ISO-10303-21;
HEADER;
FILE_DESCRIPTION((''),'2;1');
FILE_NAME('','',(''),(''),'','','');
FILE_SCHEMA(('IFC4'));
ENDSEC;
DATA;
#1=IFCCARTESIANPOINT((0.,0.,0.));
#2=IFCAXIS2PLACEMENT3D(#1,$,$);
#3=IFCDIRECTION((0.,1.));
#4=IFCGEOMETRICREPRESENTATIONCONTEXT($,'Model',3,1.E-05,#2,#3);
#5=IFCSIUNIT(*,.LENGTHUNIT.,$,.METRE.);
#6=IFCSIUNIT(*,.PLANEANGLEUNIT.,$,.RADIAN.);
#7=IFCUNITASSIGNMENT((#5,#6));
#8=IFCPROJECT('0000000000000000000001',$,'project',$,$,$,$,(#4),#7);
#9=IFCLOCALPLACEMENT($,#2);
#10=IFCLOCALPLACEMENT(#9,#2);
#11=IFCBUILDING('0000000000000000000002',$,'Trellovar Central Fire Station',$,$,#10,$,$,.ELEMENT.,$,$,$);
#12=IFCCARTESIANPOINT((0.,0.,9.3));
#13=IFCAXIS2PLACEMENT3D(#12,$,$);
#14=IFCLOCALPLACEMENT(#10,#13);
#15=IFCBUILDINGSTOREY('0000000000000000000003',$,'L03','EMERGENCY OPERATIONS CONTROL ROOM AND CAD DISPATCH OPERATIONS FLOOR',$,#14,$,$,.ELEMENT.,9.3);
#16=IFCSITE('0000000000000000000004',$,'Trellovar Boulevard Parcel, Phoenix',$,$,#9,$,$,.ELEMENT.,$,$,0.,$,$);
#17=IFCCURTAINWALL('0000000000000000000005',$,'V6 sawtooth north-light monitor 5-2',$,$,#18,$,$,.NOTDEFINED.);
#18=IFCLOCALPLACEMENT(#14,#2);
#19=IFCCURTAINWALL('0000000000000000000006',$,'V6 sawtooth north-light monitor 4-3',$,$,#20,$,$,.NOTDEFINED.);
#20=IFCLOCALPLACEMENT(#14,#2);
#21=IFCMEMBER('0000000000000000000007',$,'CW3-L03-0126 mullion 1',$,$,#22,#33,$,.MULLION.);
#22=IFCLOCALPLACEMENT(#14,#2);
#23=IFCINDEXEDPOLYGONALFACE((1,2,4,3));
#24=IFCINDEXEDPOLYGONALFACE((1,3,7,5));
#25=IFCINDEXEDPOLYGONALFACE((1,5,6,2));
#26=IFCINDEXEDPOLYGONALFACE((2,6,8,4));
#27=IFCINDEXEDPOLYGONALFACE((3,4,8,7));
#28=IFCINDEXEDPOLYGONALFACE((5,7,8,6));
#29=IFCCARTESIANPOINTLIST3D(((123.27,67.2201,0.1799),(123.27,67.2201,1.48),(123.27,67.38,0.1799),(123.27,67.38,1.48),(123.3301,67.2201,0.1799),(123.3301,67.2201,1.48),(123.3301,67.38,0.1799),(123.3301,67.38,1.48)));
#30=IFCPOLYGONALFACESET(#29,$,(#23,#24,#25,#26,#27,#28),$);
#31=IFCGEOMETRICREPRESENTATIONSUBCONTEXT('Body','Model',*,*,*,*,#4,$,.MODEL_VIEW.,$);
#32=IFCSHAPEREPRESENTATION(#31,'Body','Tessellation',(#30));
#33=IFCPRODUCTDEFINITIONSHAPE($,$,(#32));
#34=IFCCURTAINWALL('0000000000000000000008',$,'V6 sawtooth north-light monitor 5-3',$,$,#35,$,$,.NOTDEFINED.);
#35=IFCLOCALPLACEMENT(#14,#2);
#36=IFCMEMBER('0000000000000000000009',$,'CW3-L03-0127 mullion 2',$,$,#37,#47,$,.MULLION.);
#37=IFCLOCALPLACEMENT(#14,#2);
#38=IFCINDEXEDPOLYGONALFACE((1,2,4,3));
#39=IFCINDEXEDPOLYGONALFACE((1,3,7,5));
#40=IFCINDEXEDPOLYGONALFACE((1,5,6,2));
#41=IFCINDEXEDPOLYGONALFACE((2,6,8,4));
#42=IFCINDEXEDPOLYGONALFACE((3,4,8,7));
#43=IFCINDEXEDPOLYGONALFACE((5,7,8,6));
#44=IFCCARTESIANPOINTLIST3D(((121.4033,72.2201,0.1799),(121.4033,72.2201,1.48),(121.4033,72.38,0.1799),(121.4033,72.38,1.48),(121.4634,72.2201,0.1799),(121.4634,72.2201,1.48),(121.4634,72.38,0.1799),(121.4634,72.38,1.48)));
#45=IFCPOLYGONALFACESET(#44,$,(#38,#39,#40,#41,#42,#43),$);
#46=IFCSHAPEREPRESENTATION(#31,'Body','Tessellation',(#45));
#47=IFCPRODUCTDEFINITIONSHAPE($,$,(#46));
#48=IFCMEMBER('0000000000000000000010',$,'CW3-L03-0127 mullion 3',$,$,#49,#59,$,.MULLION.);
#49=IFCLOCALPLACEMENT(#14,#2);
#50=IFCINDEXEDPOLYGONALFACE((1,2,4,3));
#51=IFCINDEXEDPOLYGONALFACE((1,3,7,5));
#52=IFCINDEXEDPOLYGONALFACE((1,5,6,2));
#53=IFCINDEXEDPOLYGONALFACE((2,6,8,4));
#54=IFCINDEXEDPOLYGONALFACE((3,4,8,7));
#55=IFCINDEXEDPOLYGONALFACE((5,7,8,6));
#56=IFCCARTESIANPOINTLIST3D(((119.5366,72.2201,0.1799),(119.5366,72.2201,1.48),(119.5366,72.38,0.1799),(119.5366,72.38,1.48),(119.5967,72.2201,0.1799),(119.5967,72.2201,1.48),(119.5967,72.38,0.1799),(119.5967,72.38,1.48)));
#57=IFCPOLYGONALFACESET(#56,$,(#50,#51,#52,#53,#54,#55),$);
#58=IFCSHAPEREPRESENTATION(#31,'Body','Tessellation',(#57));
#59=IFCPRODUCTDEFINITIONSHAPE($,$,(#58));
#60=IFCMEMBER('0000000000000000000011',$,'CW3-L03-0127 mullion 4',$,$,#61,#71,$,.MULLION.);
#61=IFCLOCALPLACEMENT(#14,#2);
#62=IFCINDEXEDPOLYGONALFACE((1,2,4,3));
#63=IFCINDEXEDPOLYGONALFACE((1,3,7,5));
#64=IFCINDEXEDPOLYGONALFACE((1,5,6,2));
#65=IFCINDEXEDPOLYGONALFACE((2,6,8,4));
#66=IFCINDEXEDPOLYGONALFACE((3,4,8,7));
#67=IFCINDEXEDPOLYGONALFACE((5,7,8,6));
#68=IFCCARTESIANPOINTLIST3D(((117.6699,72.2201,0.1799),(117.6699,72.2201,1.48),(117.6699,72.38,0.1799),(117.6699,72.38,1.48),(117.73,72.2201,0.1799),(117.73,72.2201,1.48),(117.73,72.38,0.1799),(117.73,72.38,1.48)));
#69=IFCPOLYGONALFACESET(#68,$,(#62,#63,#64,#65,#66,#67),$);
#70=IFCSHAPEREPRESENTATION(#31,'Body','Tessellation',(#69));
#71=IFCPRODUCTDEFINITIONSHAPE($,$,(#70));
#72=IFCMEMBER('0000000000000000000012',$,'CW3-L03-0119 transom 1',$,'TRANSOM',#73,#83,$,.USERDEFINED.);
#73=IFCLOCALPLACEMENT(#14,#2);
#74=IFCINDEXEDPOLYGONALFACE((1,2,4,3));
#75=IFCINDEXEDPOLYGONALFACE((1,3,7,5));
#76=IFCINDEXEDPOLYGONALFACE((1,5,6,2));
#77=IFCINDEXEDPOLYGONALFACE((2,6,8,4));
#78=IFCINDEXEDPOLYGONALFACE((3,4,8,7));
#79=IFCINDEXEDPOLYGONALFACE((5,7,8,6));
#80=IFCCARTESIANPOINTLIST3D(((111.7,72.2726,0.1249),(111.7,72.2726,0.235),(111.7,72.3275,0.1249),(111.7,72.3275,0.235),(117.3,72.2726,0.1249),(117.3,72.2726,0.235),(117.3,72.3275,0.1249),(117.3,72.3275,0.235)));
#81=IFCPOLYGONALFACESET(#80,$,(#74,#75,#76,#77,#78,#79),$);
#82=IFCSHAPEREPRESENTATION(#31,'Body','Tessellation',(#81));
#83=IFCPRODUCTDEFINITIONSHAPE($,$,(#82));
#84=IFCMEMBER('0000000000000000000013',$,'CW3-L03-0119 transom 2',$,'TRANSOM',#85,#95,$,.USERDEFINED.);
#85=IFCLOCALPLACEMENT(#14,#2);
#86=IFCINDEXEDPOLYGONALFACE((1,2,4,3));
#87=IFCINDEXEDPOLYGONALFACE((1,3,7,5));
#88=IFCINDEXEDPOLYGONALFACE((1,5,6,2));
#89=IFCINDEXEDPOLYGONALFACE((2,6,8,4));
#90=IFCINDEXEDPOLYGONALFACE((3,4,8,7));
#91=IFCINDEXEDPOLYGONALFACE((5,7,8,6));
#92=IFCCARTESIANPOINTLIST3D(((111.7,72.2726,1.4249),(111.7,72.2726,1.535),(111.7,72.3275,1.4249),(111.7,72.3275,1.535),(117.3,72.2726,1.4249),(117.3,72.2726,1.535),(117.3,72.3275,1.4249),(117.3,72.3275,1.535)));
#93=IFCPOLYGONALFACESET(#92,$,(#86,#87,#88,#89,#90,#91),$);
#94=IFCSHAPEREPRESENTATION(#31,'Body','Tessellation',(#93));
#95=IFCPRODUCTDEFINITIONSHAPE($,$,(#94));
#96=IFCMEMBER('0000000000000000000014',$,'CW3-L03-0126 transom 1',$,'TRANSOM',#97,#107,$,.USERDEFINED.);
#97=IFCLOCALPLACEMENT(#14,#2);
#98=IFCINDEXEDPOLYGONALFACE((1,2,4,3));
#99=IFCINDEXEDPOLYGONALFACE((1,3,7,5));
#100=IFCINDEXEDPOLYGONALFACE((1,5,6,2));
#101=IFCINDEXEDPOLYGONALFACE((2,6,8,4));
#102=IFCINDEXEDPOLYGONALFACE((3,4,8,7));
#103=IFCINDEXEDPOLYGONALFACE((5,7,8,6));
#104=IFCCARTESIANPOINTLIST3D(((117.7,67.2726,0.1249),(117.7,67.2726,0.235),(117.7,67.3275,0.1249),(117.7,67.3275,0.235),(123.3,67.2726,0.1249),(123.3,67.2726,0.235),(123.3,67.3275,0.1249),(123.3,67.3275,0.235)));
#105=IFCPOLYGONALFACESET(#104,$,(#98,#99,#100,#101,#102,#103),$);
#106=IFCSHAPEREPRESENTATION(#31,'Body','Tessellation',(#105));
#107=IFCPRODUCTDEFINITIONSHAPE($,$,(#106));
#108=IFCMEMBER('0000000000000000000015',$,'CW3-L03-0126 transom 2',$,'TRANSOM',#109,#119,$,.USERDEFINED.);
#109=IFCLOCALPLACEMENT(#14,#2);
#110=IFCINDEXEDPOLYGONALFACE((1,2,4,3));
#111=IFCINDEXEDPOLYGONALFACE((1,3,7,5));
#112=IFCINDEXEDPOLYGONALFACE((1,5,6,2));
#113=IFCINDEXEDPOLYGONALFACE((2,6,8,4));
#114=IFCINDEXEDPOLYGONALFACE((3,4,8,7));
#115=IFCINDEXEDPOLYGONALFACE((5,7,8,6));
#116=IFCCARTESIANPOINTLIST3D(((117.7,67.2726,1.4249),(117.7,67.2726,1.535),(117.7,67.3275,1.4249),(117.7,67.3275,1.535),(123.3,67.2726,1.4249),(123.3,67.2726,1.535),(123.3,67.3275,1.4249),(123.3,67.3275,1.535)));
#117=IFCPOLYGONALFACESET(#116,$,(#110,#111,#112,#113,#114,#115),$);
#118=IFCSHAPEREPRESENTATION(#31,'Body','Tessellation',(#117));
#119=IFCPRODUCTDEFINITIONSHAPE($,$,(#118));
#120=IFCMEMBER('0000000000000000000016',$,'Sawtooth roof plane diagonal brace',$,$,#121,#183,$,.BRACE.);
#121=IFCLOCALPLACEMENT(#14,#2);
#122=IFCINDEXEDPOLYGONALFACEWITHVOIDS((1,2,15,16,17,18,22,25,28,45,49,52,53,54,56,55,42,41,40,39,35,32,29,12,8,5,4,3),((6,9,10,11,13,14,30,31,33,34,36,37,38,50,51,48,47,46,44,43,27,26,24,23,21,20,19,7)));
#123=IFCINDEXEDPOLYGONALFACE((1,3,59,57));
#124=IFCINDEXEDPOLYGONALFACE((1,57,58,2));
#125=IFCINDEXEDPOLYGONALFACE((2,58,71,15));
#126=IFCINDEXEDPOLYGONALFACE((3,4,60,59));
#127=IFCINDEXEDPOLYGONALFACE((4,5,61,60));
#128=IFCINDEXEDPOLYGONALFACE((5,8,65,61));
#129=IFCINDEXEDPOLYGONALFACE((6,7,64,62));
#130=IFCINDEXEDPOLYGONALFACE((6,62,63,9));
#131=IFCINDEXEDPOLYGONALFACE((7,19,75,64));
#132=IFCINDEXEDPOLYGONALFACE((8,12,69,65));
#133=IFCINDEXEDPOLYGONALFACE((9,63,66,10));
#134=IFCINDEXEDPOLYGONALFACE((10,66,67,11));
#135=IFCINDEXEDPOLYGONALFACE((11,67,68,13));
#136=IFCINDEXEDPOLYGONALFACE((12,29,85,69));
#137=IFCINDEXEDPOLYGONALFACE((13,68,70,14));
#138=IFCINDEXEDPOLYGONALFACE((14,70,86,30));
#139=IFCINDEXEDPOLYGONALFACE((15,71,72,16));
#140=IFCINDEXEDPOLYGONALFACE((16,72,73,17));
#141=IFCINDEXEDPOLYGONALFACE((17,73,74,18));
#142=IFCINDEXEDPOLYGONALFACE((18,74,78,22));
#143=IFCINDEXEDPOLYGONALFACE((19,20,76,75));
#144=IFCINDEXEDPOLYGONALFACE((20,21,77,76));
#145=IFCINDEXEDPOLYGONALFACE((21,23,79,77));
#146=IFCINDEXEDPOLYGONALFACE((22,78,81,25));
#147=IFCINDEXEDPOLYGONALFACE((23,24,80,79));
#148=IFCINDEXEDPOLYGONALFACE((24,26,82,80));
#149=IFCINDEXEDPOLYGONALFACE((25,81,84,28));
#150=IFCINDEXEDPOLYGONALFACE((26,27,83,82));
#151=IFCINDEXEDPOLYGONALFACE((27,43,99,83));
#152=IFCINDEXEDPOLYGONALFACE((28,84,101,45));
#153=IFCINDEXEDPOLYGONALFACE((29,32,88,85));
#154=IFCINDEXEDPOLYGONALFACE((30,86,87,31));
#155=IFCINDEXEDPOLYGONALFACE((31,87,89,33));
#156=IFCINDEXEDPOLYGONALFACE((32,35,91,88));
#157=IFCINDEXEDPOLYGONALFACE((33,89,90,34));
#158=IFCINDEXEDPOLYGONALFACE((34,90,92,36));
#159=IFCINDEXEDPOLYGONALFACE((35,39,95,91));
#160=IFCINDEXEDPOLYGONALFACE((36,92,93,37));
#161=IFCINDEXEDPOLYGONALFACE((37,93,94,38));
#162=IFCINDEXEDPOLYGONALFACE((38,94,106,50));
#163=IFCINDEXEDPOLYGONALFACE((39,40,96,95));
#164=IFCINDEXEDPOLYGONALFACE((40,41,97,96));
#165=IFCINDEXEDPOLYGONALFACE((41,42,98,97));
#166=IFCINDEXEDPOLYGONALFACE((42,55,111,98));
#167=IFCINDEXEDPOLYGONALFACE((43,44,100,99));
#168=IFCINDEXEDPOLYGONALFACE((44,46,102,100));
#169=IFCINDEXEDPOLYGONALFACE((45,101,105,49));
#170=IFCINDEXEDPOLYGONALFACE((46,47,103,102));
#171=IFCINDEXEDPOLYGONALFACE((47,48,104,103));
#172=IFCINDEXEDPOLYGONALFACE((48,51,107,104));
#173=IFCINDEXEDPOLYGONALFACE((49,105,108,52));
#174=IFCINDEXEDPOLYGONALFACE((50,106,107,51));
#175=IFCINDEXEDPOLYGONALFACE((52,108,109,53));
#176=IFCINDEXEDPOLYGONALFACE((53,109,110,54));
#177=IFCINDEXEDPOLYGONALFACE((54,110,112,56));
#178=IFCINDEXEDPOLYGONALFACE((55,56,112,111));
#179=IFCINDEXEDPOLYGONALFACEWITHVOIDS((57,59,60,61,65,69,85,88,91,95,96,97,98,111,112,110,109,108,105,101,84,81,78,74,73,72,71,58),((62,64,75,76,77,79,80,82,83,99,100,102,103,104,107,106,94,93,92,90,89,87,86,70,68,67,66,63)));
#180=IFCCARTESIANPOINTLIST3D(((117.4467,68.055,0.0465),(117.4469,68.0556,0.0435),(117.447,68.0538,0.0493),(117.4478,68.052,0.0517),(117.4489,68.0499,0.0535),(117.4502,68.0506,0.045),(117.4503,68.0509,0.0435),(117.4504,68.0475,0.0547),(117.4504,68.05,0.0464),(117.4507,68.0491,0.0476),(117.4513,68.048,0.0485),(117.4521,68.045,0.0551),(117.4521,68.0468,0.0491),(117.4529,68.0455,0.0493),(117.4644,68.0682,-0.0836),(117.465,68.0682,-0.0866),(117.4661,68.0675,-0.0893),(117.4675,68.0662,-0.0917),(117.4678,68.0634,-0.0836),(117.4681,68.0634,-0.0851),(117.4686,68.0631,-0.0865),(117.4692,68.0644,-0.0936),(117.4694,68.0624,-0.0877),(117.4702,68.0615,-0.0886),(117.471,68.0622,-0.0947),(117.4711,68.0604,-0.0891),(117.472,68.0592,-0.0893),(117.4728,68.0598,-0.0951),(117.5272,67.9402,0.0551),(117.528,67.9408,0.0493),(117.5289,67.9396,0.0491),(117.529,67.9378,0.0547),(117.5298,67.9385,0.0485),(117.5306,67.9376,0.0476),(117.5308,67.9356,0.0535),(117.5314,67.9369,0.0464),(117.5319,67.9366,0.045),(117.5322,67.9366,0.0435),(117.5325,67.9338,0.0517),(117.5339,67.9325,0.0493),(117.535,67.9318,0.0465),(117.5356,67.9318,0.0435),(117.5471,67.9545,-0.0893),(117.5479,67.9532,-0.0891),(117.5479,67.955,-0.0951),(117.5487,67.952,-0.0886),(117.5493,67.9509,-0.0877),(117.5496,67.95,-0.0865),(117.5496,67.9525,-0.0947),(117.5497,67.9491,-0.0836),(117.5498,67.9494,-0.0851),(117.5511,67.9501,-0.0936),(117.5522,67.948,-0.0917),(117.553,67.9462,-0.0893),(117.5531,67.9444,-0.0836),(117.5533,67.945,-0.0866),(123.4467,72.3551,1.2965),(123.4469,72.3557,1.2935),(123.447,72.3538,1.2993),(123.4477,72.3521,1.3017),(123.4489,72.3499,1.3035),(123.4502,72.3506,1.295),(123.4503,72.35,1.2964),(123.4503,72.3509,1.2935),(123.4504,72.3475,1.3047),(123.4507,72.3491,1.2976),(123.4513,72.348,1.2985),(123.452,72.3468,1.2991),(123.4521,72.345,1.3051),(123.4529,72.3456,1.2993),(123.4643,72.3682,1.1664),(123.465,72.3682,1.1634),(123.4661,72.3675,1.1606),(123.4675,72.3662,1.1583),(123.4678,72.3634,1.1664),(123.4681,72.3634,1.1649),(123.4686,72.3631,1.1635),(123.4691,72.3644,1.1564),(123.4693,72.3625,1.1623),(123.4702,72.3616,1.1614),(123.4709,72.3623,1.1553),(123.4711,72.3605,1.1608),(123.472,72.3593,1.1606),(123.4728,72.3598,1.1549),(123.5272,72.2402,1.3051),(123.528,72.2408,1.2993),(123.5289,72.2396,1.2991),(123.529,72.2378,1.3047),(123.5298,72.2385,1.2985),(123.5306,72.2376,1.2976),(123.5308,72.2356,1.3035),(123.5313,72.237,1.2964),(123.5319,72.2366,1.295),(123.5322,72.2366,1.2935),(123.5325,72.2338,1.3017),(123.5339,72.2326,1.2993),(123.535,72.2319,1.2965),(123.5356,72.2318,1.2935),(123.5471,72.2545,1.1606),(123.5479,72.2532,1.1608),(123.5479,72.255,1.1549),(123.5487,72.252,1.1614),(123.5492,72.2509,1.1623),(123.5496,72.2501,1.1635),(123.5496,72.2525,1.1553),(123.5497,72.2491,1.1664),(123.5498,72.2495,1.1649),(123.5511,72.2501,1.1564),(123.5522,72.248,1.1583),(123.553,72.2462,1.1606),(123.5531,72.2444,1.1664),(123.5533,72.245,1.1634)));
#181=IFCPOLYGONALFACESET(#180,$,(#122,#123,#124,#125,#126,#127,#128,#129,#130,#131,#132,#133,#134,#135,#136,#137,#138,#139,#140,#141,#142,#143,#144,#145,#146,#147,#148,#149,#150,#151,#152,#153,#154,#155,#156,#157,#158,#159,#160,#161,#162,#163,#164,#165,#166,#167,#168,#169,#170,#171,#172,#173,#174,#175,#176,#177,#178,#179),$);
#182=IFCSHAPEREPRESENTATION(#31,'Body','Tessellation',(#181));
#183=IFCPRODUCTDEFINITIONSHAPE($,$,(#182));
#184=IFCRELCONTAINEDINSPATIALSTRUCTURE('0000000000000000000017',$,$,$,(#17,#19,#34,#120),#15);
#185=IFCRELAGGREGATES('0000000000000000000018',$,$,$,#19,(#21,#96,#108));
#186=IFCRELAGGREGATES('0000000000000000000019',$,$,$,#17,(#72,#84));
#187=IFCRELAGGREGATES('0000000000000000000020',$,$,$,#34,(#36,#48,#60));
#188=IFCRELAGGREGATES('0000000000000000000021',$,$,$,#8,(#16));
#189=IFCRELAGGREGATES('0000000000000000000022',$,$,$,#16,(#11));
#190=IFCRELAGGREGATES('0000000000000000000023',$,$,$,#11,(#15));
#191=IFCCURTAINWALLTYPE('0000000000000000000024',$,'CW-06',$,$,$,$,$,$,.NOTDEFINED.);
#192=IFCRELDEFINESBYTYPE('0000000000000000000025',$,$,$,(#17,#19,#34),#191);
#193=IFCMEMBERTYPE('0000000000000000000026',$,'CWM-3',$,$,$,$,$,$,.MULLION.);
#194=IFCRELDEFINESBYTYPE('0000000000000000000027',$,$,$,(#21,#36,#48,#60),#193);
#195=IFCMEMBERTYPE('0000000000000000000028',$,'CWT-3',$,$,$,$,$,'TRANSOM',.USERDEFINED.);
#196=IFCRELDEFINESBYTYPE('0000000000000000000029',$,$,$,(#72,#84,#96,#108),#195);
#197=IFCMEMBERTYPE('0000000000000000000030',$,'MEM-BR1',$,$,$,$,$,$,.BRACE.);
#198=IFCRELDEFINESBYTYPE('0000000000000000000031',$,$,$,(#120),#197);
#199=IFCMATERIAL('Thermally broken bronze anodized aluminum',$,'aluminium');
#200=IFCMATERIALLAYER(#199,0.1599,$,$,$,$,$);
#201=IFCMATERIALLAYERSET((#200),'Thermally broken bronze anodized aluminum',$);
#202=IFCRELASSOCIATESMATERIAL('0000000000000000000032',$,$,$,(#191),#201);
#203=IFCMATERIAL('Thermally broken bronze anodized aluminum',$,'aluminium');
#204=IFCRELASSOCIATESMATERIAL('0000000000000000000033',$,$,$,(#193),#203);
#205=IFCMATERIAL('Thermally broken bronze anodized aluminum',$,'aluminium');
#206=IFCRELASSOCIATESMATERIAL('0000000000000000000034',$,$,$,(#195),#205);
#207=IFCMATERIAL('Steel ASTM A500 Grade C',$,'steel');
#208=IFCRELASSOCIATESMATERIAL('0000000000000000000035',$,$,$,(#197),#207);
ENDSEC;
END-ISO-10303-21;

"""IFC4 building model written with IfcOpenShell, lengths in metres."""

from ifc_helpers import new_model, si_unit, direction, frame, origin, origin_2d, place, context, subcontext, project, spatial, rectangle, hollow_rectangle, extrude, material, layer, layer_set, material_profile, profile_set, type_object, element, aggregate, save


model = new_model("IFC4")

# Units and contexts
model_context = context("Model", 3, precision=1e-05, world=origin(), true_north=direction((0.0, 1.0)))
body_context = subcontext(model_context, "Body", "Model", "MODEL_VIEW")
ifc_project = project(units=[si_unit("LENGTHUNIT", "METRE"), si_unit("PLANEANGLEUNIT", "RADIAN")], contexts=[model_context])

# Site, building, storey
site_placement = place(None, origin())
site = spatial("IfcSite", under=ifc_project, at=site_placement, Name="Trellovar Boulevard Parcel, Phoenix", CompositionType="ELEMENT", RefElevation=0.0)
building_placement = place(site_placement, origin())
building = spatial("IfcBuilding", under=site, at=building_placement, Name="Trellovar Central Fire Station", CompositionType="ELEMENT")
storey_placement = place(building_placement, frame((0.0, 0.0, 9.3)))
storey = spatial("IfcBuildingStorey", under=building, at=storey_placement, Name="L03", Description="EMERGENCY OPERATIONS CONTROL ROOM AND CAD DISPATCH OPERATIONS FLOOR", CompositionType="ELEMENT", Elevation=9.3)

# Curtain wall
ifc_material_1 = material(Name="Thermally broken bronze anodized aluminum", Category="aluminium")
ifc_layer_1 = layer(ifc_material_1, 0.1599)
ifc_layer_set_1 = layer_set([ifc_layer_1], Name="Thermally broken bronze anodized aluminum")
curtain_wall_type = type_object("IfcCurtainWallType", Name="CW-06", PredefinedType="NOTDEFINED", material=ifc_layer_set_1)
curtain_wall_1_placement = place(storey_placement, origin())
curtain_wall_1 = element("IfcCurtainWall", 1, at=curtain_wall_1_placement, inside=storey, type_object=curtain_wall_type, Name="V6 sawtooth north-light monitor 5-2", PredefinedType="NOTDEFINED")
ifc_material_2 = material(Name="Thermally broken bronze anodized aluminum", Category="aluminium")
ifc_material_profile_1 = material_profile(ifc_material_2, rectangle(XDim=0.0601, YDim=0.1599, at=origin_2d()), Name="ALU60X160")
ifc_profile_set_1 = profile_set([ifc_material_profile_1], Name="Thermally broken bronze anodized aluminum")
member_type_1 = type_object("IfcMemberType", Name="CWM-3", PredefinedType="MULLION", material=ifc_profile_set_1)

# Curtain wall, member
curtain_wall_2_placement = place(storey_placement, origin())
curtain_wall_2 = element("IfcCurtainWall", 2, at=curtain_wall_2_placement, inside=storey, type_object=curtain_wall_type, Name="V6 sawtooth north-light monitor 4-3", PredefinedType="NOTDEFINED")
member_1_placement = place(storey_placement, frame((123.3, 67.3, 0.1799), z_axis=(0.0, 0.0, 1.0), x_axis=(1.0, 0.0, 0.0)))
member_1 = element("IfcMember", 3, at=member_1_placement, type_object=member_type_1, Name="CW3-L03-0126 mullion 1", PredefinedType="MULLION", context=body_context, shape_type="SweptSolid", body=[
    extrude(rectangle(XDim=0.0601, YDim=0.1599, at=origin_2d()), origin(), (0.0, 0.0, 1.0), 1.3),
])

# Curtain wall, members
curtain_wall_3_placement = place(storey_placement, origin())
curtain_wall_3 = element("IfcCurtainWall", 4, at=curtain_wall_3_placement, inside=storey, type_object=curtain_wall_type, Name="V6 sawtooth north-light monitor 5-3", PredefinedType="NOTDEFINED")
member_2_placement = place(storey_placement, frame((121.4333, 72.3, 0.1799), z_axis=(0.0, 0.0, 1.0), x_axis=(1.0, 0.0, 0.0)))
member_2 = element("IfcMember", 5, at=member_2_placement, type_object=member_type_1, Name="CW3-L03-0127 mullion 2", PredefinedType="MULLION", context=body_context, shape_type="SweptSolid", body=[
    extrude(rectangle(XDim=0.0601, YDim=0.1599, at=origin_2d()), origin(), (0.0, 0.0, 1.0), 1.3),
])
member_3_placement = place(storey_placement, frame((119.5667, 72.3, 0.1799), z_axis=(0.0, 0.0, 1.0), x_axis=(1.0, 0.0, 0.0)))
member_3 = element("IfcMember", 6, at=member_3_placement, type_object=member_type_1, Name="CW3-L03-0127 mullion 3", PredefinedType="MULLION", context=body_context, shape_type="SweptSolid", body=[
    extrude(rectangle(XDim=0.0601, YDim=0.1599, at=origin_2d()), origin(), (0.0, 0.0, 1.0), 1.3),
])
member_4_placement = place(storey_placement, frame((117.7, 72.3, 0.1799), z_axis=(0.0, 0.0, 1.0), x_axis=(1.0, 0.0, 0.0)))
member_4 = element("IfcMember", 7, at=member_4_placement, type_object=member_type_1, Name="CW3-L03-0127 mullion 4", PredefinedType="MULLION", context=body_context, shape_type="SweptSolid", body=[
    extrude(rectangle(XDim=0.0601, YDim=0.1599, at=origin_2d()), origin(), (0.0, 0.0, 1.0), 1.3),
])

# Members
ifc_material_3 = material(Name="Thermally broken bronze anodized aluminum", Category="aluminium")
ifc_material_profile_2 = material_profile(ifc_material_3, rectangle(XDim=0.0549, YDim=0.1101, at=origin_2d()), Name="ALU55X110")
ifc_profile_set_2 = profile_set([ifc_material_profile_2], Name="Thermally broken bronze anodized aluminum")
member_type_2 = type_object("IfcMemberType", Name="CWT-3", ElementType="TRANSOM", PredefinedType="USERDEFINED", material=ifc_profile_set_2)
member_5_placement = place(storey_placement, frame((117.3, 72.3, 0.1799), z_axis=(-1.0, 0.0, 0.0), x_axis=(0.0, -1.0, 0.0)))
member_5 = element("IfcMember", 8, at=member_5_placement, type_object=member_type_2, Name="CW3-L03-0119 transom 1", ObjectType="TRANSOM", PredefinedType="USERDEFINED", context=body_context, shape_type="SweptSolid", body=[
    extrude(rectangle(XDim=0.0549, YDim=0.1101, at=origin_2d()), origin(), (0.0, 0.0, 1.0), 5.6001),
])
member_6_placement = place(storey_placement, frame((117.3, 72.3, 1.48), z_axis=(-1.0, 0.0, 0.0), x_axis=(0.0, -1.0, 0.0)))
member_6 = element("IfcMember", 9, at=member_6_placement, type_object=member_type_2, Name="CW3-L03-0119 transom 2", ObjectType="TRANSOM", PredefinedType="USERDEFINED", context=body_context, shape_type="SweptSolid", body=[
    extrude(rectangle(XDim=0.0549, YDim=0.1101, at=origin_2d()), origin(), (0.0, 0.0, 1.0), 5.6001),
])
member_7_placement = place(storey_placement, frame((123.3, 67.3, 0.1799), z_axis=(-1.0, 0.0, 0.0), x_axis=(0.0, -1.0, 0.0)))
member_7 = element("IfcMember", 10, at=member_7_placement, type_object=member_type_2, Name="CW3-L03-0126 transom 1", ObjectType="TRANSOM", PredefinedType="USERDEFINED", context=body_context, shape_type="SweptSolid", body=[
    extrude(rectangle(XDim=0.0549, YDim=0.1101, at=origin_2d()), origin(), (0.0, 0.0, 1.0), 5.6001),
])
member_8_placement = place(storey_placement, frame((123.3, 67.3, 1.48), z_axis=(-1.0, 0.0, 0.0), x_axis=(0.0, -1.0, 0.0)))
member_8 = element("IfcMember", 11, at=member_8_placement, type_object=member_type_2, Name="CW3-L03-0126 transom 2", ObjectType="TRANSOM", PredefinedType="USERDEFINED", context=body_context, shape_type="SweptSolid", body=[
    extrude(rectangle(XDim=0.0549, YDim=0.1101, at=origin_2d()), origin(), (0.0, 0.0, 1.0), 5.6001),
])

# Member
ifc_material_4 = material(Name="Steel ASTM A500 Grade C", Category="steel")
ifc_material_profile_3 = material_profile(ifc_material_4, hollow_rectangle(XDim=0.1523, YDim=0.1523, WallThickness=0.0059, InnerFilletRadius=0.0059, OuterFilletRadius=0.0117, at=origin_2d()), Name="HSS6X6X1/4")
ifc_profile_set_3 = profile_set([ifc_material_profile_3], Name="Steel ASTM A500 Grade C")
member_type_3 = type_object("IfcMemberType", Name="MEM-BR1", PredefinedType="BRACE", material=ifc_profile_set_3)
member_9_placement = place(storey_placement, frame((117.5, 68.0, -0.02), z_axis=(0.801405, 0.574347, 0.166959), x_axis=(-0.582523, 0.812814, 0.0)))
element("IfcMember", 12, at=member_9_placement, inside=storey, type_object=member_type_3, Name="Sawtooth roof plane diagonal brace", PredefinedType="BRACE", context=body_context, shape_type="SweptSolid", body=[
    extrude(hollow_rectangle(XDim=0.1523, YDim=0.1523, WallThickness=0.0059, InnerFilletRadius=0.0059, OuterFilletRadius=0.0117, at=origin_2d()), origin(), (0.0, 0.0, 1.0), 7.4868),
])

aggregate(curtain_wall_2, [member_1, member_7, member_8])
aggregate(curtain_wall_1, [member_5, member_6])
aggregate(curtain_wall_3, [member_2, member_3, member_4])

save(model, "model.ifc")
